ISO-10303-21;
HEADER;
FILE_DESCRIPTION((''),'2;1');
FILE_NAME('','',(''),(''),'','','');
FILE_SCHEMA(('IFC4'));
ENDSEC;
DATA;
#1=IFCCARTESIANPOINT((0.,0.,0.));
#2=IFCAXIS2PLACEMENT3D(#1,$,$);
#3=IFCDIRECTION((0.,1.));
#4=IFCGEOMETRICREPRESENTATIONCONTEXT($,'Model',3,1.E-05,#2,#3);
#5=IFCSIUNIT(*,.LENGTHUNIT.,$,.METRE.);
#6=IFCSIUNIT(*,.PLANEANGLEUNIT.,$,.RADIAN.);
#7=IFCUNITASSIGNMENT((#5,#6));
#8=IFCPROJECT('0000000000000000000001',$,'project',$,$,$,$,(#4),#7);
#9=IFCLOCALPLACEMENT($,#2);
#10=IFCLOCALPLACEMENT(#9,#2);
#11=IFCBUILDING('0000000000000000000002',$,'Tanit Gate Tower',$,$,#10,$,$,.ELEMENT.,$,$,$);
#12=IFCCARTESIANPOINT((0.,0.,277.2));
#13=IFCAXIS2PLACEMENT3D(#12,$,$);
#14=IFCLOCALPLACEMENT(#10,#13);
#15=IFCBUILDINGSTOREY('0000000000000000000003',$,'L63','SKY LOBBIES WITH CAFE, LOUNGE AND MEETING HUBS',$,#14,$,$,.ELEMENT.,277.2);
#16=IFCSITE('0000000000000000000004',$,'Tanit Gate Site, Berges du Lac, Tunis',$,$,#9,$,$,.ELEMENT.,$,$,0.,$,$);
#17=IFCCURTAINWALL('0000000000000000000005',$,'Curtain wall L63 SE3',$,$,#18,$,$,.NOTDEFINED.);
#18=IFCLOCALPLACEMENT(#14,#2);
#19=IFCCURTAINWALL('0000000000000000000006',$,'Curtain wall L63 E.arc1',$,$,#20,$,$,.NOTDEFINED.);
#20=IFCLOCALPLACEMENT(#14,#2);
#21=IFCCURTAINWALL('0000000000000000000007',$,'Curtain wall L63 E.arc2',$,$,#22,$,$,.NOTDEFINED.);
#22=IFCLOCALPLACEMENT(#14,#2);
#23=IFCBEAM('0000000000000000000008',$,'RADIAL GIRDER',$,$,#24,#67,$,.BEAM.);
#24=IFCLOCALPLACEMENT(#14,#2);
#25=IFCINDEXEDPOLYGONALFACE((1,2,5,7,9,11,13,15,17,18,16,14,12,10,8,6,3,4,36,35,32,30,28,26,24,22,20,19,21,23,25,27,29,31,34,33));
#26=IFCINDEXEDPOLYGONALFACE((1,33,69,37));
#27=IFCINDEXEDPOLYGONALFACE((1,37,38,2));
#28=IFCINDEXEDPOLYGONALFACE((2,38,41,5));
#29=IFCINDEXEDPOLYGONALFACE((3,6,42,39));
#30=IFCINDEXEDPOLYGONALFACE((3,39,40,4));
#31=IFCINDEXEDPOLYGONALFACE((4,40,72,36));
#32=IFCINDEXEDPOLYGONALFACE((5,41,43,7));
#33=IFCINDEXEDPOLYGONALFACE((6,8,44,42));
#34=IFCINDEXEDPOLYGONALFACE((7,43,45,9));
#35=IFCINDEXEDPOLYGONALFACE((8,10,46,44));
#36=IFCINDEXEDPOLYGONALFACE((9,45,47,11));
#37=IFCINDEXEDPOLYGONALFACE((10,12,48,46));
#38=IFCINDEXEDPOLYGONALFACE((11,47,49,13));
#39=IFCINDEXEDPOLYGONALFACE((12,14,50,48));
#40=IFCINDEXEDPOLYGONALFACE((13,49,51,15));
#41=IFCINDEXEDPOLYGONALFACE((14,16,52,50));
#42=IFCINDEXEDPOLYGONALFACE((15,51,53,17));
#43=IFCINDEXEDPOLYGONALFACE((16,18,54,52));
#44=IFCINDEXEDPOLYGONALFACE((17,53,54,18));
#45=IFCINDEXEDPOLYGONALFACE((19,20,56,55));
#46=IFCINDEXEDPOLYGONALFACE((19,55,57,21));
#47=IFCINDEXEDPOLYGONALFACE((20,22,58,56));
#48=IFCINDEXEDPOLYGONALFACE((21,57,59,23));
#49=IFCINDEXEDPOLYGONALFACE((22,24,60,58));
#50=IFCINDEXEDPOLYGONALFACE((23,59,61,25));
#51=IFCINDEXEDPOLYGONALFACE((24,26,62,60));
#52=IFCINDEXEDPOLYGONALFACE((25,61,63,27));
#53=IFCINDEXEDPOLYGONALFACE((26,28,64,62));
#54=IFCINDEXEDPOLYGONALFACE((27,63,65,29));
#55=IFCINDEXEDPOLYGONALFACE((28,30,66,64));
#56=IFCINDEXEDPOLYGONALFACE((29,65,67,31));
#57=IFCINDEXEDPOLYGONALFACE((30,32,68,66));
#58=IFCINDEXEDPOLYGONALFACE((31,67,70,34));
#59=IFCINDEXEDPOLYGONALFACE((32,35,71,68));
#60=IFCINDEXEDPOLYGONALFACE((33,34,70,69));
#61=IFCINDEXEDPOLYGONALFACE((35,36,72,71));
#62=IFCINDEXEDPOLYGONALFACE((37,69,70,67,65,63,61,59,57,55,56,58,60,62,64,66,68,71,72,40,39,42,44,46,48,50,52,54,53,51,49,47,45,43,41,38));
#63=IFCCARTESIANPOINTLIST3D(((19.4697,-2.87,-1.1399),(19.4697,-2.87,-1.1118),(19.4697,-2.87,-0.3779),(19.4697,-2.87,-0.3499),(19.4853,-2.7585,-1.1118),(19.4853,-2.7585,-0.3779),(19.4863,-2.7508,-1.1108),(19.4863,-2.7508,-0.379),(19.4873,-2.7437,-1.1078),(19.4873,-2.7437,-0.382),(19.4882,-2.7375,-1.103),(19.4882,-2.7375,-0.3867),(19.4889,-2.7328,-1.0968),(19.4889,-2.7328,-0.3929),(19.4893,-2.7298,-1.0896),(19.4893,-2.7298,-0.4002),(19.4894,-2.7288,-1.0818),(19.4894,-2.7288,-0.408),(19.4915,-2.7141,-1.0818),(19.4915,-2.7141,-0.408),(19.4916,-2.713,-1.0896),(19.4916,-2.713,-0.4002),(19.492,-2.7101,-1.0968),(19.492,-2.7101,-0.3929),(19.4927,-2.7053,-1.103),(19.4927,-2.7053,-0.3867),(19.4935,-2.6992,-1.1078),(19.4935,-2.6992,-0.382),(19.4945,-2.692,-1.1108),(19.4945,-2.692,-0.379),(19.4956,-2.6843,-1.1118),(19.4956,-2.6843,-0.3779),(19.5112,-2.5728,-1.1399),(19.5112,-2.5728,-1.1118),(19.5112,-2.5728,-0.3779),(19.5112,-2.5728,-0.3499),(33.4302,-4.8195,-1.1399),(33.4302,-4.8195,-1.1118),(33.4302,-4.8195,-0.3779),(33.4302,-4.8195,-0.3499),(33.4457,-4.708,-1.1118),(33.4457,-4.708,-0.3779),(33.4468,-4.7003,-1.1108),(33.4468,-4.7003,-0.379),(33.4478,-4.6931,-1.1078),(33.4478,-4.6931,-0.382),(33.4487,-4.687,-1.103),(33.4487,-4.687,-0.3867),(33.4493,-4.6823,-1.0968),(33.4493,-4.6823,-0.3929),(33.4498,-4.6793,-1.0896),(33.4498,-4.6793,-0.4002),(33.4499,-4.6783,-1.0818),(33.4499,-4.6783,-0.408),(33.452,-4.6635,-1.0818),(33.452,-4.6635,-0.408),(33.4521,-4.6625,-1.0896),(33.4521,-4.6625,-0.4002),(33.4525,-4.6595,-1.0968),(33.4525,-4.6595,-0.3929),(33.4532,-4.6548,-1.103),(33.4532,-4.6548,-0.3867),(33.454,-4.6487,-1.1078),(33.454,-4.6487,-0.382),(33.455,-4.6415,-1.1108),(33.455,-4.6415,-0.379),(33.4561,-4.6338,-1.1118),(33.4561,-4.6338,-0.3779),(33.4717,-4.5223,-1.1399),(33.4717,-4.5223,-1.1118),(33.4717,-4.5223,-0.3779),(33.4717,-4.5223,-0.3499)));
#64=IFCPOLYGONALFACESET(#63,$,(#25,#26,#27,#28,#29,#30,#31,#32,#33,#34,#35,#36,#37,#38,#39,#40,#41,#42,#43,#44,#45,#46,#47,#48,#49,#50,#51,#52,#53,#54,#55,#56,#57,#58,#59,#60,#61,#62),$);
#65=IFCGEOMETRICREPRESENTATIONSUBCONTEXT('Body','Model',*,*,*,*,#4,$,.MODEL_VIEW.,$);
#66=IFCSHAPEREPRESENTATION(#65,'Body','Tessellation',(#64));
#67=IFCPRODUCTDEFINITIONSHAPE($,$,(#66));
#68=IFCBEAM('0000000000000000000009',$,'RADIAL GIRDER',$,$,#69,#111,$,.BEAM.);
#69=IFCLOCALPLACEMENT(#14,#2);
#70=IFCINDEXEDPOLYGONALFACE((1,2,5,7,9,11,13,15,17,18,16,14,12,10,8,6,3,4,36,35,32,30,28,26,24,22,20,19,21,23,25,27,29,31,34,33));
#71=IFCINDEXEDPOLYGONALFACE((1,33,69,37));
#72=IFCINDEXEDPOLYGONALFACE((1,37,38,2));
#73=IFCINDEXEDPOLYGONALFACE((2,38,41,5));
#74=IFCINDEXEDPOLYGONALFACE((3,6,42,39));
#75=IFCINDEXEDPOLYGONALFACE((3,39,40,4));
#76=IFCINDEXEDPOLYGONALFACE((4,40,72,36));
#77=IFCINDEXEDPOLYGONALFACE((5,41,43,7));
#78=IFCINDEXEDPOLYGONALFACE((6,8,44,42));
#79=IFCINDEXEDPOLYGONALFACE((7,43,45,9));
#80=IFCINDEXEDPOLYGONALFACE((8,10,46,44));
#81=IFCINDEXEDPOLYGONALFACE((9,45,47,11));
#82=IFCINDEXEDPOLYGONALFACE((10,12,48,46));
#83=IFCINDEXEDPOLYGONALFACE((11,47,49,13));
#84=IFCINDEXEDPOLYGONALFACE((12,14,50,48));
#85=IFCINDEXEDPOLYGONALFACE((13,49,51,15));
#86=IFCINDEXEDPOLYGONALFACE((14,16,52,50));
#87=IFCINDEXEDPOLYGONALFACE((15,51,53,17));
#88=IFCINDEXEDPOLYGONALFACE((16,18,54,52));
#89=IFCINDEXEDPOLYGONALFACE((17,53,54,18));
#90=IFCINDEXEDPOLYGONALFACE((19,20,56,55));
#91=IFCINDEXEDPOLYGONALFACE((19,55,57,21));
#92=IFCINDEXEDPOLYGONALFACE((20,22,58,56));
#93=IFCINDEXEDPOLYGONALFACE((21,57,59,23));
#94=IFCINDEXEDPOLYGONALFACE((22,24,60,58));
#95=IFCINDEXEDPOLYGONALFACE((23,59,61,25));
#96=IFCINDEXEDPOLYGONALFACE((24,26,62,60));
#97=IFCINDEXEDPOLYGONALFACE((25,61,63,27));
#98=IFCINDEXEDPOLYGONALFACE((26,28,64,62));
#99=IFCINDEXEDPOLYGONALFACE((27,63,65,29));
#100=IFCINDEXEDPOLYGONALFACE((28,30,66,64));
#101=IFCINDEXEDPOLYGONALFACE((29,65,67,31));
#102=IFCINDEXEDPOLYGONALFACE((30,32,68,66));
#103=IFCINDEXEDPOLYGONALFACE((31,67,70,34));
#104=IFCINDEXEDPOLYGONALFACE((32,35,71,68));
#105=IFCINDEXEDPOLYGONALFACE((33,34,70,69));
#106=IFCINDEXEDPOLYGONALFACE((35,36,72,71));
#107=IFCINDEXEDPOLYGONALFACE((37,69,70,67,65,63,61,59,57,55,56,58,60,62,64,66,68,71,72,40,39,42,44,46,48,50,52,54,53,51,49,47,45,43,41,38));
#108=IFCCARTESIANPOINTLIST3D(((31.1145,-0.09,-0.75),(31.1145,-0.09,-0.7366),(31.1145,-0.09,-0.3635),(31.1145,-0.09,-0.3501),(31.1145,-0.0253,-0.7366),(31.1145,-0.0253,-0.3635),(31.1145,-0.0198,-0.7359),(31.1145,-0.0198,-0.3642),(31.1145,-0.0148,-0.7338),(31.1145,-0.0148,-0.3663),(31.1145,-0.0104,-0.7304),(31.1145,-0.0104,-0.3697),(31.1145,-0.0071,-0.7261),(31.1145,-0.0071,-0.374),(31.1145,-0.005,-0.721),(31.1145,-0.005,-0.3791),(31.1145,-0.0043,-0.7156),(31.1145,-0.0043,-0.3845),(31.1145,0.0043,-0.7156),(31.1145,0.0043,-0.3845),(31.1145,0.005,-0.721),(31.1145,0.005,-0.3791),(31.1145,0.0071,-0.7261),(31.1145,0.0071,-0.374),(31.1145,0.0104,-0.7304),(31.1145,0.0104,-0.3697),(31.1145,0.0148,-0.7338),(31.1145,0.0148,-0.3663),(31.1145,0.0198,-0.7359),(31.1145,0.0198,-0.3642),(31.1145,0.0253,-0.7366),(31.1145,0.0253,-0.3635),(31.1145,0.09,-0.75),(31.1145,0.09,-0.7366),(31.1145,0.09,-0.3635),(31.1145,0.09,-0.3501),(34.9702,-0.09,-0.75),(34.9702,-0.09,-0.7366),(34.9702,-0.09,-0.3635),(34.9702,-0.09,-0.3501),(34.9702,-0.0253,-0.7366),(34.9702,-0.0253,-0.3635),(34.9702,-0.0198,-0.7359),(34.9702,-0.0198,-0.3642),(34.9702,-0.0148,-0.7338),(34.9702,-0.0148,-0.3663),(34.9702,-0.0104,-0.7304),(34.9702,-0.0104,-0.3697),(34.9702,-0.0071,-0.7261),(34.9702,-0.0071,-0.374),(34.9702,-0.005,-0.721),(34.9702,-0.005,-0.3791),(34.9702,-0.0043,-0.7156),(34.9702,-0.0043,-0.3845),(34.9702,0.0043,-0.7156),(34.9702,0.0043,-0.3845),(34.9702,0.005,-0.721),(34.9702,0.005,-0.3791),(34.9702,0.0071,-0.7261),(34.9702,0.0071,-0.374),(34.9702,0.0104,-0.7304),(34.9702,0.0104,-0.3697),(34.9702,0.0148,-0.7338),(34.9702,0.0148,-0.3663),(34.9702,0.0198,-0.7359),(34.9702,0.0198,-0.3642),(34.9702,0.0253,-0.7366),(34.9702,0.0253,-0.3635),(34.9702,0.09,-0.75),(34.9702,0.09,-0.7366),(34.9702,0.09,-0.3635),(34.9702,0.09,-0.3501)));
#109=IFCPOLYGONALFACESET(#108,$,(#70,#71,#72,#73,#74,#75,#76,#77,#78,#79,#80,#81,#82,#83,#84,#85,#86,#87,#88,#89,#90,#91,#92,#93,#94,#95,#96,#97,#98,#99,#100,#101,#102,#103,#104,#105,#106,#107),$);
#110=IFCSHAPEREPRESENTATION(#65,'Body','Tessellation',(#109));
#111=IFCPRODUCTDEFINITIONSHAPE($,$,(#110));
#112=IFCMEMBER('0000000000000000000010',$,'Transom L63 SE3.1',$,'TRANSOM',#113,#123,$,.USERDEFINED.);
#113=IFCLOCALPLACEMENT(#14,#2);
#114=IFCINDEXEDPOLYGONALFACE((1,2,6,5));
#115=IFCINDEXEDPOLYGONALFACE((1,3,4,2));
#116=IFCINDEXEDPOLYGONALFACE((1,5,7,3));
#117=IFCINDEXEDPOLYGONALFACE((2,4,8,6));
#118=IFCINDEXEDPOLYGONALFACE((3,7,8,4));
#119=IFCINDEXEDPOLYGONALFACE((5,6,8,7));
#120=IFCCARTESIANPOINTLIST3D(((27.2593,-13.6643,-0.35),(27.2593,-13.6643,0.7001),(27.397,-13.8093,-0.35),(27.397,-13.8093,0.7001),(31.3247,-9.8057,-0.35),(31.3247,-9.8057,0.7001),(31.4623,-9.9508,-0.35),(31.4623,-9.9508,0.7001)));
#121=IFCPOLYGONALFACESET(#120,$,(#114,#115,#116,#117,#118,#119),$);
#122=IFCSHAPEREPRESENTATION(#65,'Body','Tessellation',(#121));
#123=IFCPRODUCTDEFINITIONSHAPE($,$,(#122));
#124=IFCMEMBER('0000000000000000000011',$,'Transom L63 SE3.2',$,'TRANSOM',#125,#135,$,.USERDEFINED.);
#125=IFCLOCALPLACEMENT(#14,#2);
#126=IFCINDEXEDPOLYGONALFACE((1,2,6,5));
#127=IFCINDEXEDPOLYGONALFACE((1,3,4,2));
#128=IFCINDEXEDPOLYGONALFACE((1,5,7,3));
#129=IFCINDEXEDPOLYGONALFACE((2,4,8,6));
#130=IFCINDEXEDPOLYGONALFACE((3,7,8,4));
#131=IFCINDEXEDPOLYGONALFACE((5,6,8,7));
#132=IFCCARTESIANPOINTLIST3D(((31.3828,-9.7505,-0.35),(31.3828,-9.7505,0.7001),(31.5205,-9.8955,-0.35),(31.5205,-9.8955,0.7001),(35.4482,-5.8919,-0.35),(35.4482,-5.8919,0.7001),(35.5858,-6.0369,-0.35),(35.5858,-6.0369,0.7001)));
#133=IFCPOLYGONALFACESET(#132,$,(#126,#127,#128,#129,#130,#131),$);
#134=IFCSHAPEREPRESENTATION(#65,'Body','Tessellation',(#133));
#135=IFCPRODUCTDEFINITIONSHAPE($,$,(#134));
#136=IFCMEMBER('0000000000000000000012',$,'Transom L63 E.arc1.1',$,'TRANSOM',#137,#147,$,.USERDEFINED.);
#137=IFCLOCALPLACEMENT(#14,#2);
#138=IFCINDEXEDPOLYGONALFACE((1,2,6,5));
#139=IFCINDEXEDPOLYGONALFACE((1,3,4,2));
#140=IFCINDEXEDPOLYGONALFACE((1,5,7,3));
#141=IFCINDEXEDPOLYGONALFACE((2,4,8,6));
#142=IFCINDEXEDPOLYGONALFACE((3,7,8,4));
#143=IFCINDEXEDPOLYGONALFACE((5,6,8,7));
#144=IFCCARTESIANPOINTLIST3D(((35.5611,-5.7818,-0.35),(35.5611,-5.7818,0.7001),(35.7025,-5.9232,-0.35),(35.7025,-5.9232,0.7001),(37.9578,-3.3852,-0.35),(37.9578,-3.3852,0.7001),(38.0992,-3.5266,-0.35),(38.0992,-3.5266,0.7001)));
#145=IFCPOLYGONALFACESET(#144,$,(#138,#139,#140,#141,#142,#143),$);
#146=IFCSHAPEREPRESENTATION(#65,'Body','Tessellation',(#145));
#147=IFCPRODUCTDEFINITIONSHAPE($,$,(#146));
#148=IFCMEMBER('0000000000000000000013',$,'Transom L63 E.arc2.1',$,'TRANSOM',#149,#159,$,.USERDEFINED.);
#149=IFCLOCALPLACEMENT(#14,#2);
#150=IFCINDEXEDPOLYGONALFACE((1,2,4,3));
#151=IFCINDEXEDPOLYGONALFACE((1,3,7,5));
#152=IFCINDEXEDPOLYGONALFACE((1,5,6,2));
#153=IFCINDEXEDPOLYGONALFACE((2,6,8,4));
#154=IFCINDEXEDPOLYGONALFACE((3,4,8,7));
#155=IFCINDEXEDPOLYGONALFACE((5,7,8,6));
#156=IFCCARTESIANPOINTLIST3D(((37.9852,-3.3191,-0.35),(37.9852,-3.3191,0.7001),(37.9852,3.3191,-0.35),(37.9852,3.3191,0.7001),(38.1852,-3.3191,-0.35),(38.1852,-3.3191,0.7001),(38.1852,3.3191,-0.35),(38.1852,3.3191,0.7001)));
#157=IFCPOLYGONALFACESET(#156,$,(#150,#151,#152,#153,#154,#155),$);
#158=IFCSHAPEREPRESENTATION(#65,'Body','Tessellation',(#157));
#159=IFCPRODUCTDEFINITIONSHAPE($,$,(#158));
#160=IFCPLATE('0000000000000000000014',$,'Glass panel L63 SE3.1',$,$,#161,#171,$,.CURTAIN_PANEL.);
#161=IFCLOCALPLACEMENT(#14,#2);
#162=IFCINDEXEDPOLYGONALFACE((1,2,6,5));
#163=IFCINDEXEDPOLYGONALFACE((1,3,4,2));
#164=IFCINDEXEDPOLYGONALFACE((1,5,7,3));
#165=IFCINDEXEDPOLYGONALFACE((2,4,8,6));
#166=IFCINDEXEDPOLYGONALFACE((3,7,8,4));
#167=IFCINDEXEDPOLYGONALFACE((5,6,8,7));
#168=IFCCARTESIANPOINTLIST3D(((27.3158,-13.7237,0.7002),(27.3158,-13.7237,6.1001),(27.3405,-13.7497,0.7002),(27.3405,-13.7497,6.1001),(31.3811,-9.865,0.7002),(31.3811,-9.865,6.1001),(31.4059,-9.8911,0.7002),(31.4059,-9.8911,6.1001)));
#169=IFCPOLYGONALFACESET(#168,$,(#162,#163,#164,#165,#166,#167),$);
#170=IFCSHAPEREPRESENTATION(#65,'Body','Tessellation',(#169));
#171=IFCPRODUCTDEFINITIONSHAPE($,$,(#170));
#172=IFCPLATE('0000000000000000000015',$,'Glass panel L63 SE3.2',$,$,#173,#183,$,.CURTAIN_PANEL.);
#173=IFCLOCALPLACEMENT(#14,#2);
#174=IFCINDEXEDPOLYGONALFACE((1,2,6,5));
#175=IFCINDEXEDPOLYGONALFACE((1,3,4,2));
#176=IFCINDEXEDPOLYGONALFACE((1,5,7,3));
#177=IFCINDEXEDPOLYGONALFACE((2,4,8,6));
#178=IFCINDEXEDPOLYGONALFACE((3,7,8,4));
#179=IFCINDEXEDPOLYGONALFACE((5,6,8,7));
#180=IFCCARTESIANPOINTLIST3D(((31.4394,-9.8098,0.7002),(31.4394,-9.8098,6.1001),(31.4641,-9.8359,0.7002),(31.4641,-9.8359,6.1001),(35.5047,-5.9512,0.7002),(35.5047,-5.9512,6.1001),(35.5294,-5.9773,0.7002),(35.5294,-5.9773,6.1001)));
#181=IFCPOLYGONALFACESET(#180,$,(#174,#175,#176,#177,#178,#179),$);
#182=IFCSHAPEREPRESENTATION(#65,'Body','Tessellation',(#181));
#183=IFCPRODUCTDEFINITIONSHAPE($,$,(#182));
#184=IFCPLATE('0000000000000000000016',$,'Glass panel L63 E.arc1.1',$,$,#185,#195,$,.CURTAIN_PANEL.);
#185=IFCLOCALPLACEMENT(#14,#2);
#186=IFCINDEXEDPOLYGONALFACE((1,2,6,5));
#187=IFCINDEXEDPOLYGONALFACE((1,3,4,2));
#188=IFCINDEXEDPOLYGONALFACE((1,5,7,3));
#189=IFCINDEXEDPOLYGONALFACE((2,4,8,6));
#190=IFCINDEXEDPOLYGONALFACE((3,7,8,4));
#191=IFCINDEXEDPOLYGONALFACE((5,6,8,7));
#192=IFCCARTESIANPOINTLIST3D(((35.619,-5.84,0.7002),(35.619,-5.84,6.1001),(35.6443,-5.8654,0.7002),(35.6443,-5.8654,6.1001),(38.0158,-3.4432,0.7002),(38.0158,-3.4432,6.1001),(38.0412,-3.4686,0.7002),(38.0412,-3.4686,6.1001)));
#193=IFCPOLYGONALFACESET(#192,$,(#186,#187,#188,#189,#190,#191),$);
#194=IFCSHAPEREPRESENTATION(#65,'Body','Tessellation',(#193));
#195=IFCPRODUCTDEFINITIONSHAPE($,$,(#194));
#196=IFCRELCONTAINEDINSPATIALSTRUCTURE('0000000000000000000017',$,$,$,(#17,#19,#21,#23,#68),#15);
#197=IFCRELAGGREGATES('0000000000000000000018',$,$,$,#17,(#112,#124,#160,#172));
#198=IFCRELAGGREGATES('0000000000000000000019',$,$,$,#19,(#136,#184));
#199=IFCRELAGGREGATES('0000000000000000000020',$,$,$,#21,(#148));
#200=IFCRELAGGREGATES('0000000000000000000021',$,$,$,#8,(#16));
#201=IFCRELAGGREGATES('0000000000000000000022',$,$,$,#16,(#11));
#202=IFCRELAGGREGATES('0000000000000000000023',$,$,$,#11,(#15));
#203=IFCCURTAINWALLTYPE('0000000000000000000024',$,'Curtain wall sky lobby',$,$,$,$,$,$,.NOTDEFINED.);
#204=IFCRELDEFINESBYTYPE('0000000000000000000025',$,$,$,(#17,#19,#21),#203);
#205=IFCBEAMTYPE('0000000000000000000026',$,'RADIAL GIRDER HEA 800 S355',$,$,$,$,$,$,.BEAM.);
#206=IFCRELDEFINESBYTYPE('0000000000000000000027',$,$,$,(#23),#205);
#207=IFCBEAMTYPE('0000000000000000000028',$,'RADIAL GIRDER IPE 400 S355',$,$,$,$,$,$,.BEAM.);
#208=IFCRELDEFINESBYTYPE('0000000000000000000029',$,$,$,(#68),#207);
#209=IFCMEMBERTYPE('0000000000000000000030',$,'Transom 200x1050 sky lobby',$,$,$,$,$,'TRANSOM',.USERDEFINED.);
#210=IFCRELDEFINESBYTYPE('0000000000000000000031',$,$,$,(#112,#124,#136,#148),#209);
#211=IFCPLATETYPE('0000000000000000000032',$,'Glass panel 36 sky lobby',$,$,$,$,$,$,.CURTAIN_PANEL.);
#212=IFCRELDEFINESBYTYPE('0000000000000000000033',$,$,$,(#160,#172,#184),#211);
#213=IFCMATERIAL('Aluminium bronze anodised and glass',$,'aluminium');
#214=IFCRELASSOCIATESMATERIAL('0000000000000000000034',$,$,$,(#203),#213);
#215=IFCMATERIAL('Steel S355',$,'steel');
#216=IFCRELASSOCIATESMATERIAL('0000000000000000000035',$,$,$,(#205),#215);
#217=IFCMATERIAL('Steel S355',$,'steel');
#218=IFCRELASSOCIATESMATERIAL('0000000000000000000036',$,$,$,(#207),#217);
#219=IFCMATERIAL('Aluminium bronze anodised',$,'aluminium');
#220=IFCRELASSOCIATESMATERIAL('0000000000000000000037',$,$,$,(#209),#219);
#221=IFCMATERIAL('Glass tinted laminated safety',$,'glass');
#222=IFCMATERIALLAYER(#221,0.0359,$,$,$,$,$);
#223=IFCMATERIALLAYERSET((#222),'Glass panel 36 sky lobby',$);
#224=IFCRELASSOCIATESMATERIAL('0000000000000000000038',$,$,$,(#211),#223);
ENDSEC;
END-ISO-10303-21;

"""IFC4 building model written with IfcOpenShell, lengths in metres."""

from ifc_helpers import new_model, si_unit, direction, frame, origin, origin_2d, place, context, subcontext, project, spatial, rectangle, i_section, extrude, material, layer, layer_set, material_profile, profile_set, type_object, element, aggregate, save


model = new_model("IFC4")

# Units and contexts
model_context = context("Model", 3, precision=1e-05, world=origin(), true_north=direction((0.0, 1.0)))
body_context = subcontext(model_context, "Body", "Model", "MODEL_VIEW")
ifc_project = project(units=[si_unit("LENGTHUNIT", "METRE"), si_unit("PLANEANGLEUNIT", "RADIAN")], contexts=[model_context])

# Site, building, storey
site_placement = place(None, origin())
site = spatial("IfcSite", under=ifc_project, at=site_placement, Name="Tanit Gate Site, Berges du Lac, Tunis", CompositionType="ELEMENT", RefElevation=0.0)
building_placement = place(site_placement, origin())
building = spatial("IfcBuilding", under=site, at=building_placement, Name="Tanit Gate Tower", CompositionType="ELEMENT")
storey_placement = place(building_placement, frame((0.0, 0.0, 277.2)))
storey = spatial("IfcBuildingStorey", under=building, at=storey_placement, Name="L63", Description="SKY LOBBIES WITH CAFE, LOUNGE AND MEETING HUBS", CompositionType="ELEMENT", Elevation=277.2)

# Shared definitions
ifc_material_1 = material(Name="Aluminium bronze anodised and glass", Category="aluminium")
curtain_wall_type = type_object("IfcCurtainWallType", Name="Curtain wall sky lobby", PredefinedType="NOTDEFINED", material=ifc_material_1)

# Curtain walls
curtain_wall_1_placement = place(storey_placement, origin())
curtain_wall_1 = element("IfcCurtainWall", 1, at=curtain_wall_1_placement, inside=storey, type_object=curtain_wall_type, Name="Curtain wall L63 SE3", PredefinedType="NOTDEFINED")
curtain_wall_2_placement = place(storey_placement, origin())
curtain_wall_2 = element("IfcCurtainWall", 2, at=curtain_wall_2_placement, inside=storey, type_object=curtain_wall_type, Name="Curtain wall L63 E.arc1", PredefinedType="NOTDEFINED")

# Curtain wall
curtain_wall_3_placement = place(storey_placement, origin())
curtain_wall_3 = element("IfcCurtainWall", 3, at=curtain_wall_3_placement, inside=storey, type_object=curtain_wall_type, Name="Curtain wall L63 E.arc2", PredefinedType="NOTDEFINED")

# Beams
ifc_material_2 = material(Name="Steel S355", Category="steel")
ifc_material_profile_1 = material_profile(ifc_material_2, i_section(OverallWidth=0.3, OverallDepth=0.79, WebThickness=0.0149, FlangeThickness=0.0281, FilletRadius=0.03, at=origin_2d()), Name="HEA 800")
ifc_profile_set_1 = profile_set([ifc_material_profile_1], Name="Steel S355")
beam_type_1 = type_object("IfcBeamType", Name="RADIAL GIRDER HEA 800 S355", PredefinedType="BEAM", material=ifc_profile_set_1)
beam_1_placement = place(storey_placement, frame((33.4509, -4.6709, -0.7449), z_axis=(-0.99039, 0.1383, 0.0), x_axis=(-0.1383, -0.99039, 0.0)))
element("IfcBeam", 4, at=beam_1_placement, inside=storey, type_object=beam_type_1, Name="RADIAL GIRDER", PredefinedType="BEAM", context=body_context, shape_type="SweptSolid", body=[
    extrude(i_section(OverallWidth=0.3, OverallDepth=0.79, WebThickness=0.0149, FlangeThickness=0.0281, FilletRadius=0.03, at=origin_2d()), origin(), (0.0, 0.0, 1.0), 14.0959),
])
ifc_material_3 = material(Name="Steel S355", Category="steel")
ifc_material_profile_2 = material_profile(ifc_material_3, i_section(OverallWidth=0.1799, OverallDepth=0.3999, WebThickness=0.0085, FlangeThickness=0.0134, FilletRadius=0.021, at=origin_2d()), Name="IPE 400")
ifc_profile_set_2 = profile_set([ifc_material_profile_2], Name="Steel S355")
beam_type_2 = type_object("IfcBeamType", Name="RADIAL GIRDER IPE 400 S355", PredefinedType="BEAM", material=ifc_profile_set_2)
beam_2_placement = place(storey_placement, frame((34.9702, 0.0, -0.55), z_axis=(-1.0, 0.0, 0.0), x_axis=(0.0, -1.0, 0.0)))
element("IfcBeam", 5, at=beam_2_placement, inside=storey, type_object=beam_type_2, Name="RADIAL GIRDER", PredefinedType="BEAM", context=body_context, shape_type="SweptSolid", body=[
    extrude(i_section(OverallWidth=0.1799, OverallDepth=0.3999, WebThickness=0.0085, FlangeThickness=0.0134, FilletRadius=0.021, at=origin_2d()), origin(), (0.0, 0.0, 1.0), 3.8557),
])

# Members
ifc_material_4 = material(Name="Aluminium bronze anodised", Category="aluminium")
ifc_material_profile_3 = material_profile(ifc_material_4, rectangle(XDim=0.2, YDim=1.05, at=origin_2d()), Name="200x1050 bronze transom")
ifc_profile_set_3 = profile_set([ifc_material_profile_3], Name="Aluminium bronze anodised")
member_type_1 = type_object("IfcMemberType", Name="Transom 200x1050 sky lobby", ElementType="TRANSOM", PredefinedType="USERDEFINED", material=ifc_profile_set_3)
member_1_placement = place(storey_placement, frame((27.3281, -13.7368, 0.175), z_axis=(0.725313, 0.68842, 0.0), x_axis=(-0.68842, 0.725313, 0.0)))
member_1 = element("IfcMember", 6, at=member_1_placement, type_object=member_type_1, Name="Transom L63 SE3.1", ObjectType="TRANSOM", PredefinedType="USERDEFINED", context=body_context, shape_type="SweptSolid", body=[
    extrude(rectangle(XDim=0.2, YDim=1.05, at=origin_2d()), origin(), (0.0, 0.0, 1.0), 5.605),
])
member_2_placement = place(storey_placement, frame((31.4517, -9.823, 0.175), z_axis=(0.725313, 0.68842, 0.0), x_axis=(-0.68842, 0.725313, 0.0)))
member_2 = element("IfcMember", 7, at=member_2_placement, type_object=member_type_1, Name="Transom L63 SE3.2", ObjectType="TRANSOM", PredefinedType="USERDEFINED", context=body_context, shape_type="SweptSolid", body=[
    extrude(rectangle(XDim=0.2, YDim=1.05, at=origin_2d()), origin(), (0.0, 0.0, 1.0), 5.605),
])
member_3_placement = place(storey_placement, frame((35.6318, -5.8525, 0.175), z_axis=(0.707107, 0.707107, 0.0), x_axis=(-0.707107, 0.707107, 0.0)))
member_3 = element("IfcMember", 8, at=member_3_placement, type_object=member_type_1, Name="Transom L63 E.arc1.1", ObjectType="TRANSOM", PredefinedType="USERDEFINED", context=body_context, shape_type="SweptSolid", body=[
    extrude(rectangle(XDim=0.2, YDim=1.05, at=origin_2d()), origin(), (0.0, 0.0, 1.0), 3.3894),
])
member_4_placement = place(storey_placement, frame((38.0852, -3.3191, 0.175), z_axis=(0.0, 1.0, 0.0), x_axis=(-1.0, 0.0, 0.0)))
member_4 = element("IfcMember", 9, at=member_4_placement, type_object=member_type_1, Name="Transom L63 E.arc2.1", ObjectType="TRANSOM", PredefinedType="USERDEFINED", context=body_context, shape_type="SweptSolid", body=[
    extrude(rectangle(XDim=0.2, YDim=1.05, at=origin_2d()), origin(), (0.0, 0.0, 1.0), 6.6382),
])

# Plates
ifc_material_5 = material(Name="Glass tinted laminated safety", Category="glass")
ifc_layer_1 = layer(ifc_material_5, 0.0359)
ifc_layer_set_1 = layer_set([ifc_layer_1], Name="Glass panel 36 sky lobby")
plate_type = type_object("IfcPlateType", Name="Glass panel 36 sky lobby", PredefinedType="CURTAIN_PANEL", material=ifc_layer_set_1)
plate_1_placement = place(storey_placement, frame((29.3608, -11.8074, 0.7002), z_axis=(0.0, 0.0, 1.0), x_axis=(0.725306, 0.688427, 0.0)))
plate_1 = element("IfcPlate", 10, at=plate_1_placement, type_object=plate_type, Name="Glass panel L63 SE3.1", PredefinedType="CURTAIN_PANEL", context=body_context, shape_type="SweptSolid", body=[
    extrude(rectangle(XDim=5.605, YDim=0.0359, at=origin_2d()), origin(), (0.0, 0.0, 1.0), 5.3999),
])
plate_2_placement = place(storey_placement, frame((33.4844, -7.8936, 0.7002), z_axis=(0.0, 0.0, 1.0), x_axis=(0.725306, 0.688427, 0.0)))
plate_2 = element("IfcPlate", 11, at=plate_2_placement, type_object=plate_type, Name="Glass panel L63 SE3.2", PredefinedType="CURTAIN_PANEL", context=body_context, shape_type="SweptSolid", body=[
    extrude(rectangle(XDim=5.605, YDim=0.0359, at=origin_2d()), origin(), (0.0, 0.0, 1.0), 5.3999),
])
aggregate(curtain_wall_1, [member_1, member_2, plate_1, plate_2])
plate_3_placement = place(storey_placement, frame((36.8301, -4.6543, 0.7002), z_axis=(0.0, 0.0, 1.0), x_axis=(0.707107, 0.707107, 0.0)))
plate_3 = element("IfcPlate", 12, at=plate_3_placement, type_object=plate_type, Name="Glass panel L63 E.arc1.1", PredefinedType="CURTAIN_PANEL", context=body_context, shape_type="SweptSolid", body=[
    extrude(rectangle(XDim=3.3896, YDim=0.0359, at=origin_2d()), origin(), (0.0, 0.0, 1.0), 5.3999),
])
aggregate(curtain_wall_2, [member_3, plate_3])
aggregate(curtain_wall_3, [member_4])

save(model, "model.ifc")
